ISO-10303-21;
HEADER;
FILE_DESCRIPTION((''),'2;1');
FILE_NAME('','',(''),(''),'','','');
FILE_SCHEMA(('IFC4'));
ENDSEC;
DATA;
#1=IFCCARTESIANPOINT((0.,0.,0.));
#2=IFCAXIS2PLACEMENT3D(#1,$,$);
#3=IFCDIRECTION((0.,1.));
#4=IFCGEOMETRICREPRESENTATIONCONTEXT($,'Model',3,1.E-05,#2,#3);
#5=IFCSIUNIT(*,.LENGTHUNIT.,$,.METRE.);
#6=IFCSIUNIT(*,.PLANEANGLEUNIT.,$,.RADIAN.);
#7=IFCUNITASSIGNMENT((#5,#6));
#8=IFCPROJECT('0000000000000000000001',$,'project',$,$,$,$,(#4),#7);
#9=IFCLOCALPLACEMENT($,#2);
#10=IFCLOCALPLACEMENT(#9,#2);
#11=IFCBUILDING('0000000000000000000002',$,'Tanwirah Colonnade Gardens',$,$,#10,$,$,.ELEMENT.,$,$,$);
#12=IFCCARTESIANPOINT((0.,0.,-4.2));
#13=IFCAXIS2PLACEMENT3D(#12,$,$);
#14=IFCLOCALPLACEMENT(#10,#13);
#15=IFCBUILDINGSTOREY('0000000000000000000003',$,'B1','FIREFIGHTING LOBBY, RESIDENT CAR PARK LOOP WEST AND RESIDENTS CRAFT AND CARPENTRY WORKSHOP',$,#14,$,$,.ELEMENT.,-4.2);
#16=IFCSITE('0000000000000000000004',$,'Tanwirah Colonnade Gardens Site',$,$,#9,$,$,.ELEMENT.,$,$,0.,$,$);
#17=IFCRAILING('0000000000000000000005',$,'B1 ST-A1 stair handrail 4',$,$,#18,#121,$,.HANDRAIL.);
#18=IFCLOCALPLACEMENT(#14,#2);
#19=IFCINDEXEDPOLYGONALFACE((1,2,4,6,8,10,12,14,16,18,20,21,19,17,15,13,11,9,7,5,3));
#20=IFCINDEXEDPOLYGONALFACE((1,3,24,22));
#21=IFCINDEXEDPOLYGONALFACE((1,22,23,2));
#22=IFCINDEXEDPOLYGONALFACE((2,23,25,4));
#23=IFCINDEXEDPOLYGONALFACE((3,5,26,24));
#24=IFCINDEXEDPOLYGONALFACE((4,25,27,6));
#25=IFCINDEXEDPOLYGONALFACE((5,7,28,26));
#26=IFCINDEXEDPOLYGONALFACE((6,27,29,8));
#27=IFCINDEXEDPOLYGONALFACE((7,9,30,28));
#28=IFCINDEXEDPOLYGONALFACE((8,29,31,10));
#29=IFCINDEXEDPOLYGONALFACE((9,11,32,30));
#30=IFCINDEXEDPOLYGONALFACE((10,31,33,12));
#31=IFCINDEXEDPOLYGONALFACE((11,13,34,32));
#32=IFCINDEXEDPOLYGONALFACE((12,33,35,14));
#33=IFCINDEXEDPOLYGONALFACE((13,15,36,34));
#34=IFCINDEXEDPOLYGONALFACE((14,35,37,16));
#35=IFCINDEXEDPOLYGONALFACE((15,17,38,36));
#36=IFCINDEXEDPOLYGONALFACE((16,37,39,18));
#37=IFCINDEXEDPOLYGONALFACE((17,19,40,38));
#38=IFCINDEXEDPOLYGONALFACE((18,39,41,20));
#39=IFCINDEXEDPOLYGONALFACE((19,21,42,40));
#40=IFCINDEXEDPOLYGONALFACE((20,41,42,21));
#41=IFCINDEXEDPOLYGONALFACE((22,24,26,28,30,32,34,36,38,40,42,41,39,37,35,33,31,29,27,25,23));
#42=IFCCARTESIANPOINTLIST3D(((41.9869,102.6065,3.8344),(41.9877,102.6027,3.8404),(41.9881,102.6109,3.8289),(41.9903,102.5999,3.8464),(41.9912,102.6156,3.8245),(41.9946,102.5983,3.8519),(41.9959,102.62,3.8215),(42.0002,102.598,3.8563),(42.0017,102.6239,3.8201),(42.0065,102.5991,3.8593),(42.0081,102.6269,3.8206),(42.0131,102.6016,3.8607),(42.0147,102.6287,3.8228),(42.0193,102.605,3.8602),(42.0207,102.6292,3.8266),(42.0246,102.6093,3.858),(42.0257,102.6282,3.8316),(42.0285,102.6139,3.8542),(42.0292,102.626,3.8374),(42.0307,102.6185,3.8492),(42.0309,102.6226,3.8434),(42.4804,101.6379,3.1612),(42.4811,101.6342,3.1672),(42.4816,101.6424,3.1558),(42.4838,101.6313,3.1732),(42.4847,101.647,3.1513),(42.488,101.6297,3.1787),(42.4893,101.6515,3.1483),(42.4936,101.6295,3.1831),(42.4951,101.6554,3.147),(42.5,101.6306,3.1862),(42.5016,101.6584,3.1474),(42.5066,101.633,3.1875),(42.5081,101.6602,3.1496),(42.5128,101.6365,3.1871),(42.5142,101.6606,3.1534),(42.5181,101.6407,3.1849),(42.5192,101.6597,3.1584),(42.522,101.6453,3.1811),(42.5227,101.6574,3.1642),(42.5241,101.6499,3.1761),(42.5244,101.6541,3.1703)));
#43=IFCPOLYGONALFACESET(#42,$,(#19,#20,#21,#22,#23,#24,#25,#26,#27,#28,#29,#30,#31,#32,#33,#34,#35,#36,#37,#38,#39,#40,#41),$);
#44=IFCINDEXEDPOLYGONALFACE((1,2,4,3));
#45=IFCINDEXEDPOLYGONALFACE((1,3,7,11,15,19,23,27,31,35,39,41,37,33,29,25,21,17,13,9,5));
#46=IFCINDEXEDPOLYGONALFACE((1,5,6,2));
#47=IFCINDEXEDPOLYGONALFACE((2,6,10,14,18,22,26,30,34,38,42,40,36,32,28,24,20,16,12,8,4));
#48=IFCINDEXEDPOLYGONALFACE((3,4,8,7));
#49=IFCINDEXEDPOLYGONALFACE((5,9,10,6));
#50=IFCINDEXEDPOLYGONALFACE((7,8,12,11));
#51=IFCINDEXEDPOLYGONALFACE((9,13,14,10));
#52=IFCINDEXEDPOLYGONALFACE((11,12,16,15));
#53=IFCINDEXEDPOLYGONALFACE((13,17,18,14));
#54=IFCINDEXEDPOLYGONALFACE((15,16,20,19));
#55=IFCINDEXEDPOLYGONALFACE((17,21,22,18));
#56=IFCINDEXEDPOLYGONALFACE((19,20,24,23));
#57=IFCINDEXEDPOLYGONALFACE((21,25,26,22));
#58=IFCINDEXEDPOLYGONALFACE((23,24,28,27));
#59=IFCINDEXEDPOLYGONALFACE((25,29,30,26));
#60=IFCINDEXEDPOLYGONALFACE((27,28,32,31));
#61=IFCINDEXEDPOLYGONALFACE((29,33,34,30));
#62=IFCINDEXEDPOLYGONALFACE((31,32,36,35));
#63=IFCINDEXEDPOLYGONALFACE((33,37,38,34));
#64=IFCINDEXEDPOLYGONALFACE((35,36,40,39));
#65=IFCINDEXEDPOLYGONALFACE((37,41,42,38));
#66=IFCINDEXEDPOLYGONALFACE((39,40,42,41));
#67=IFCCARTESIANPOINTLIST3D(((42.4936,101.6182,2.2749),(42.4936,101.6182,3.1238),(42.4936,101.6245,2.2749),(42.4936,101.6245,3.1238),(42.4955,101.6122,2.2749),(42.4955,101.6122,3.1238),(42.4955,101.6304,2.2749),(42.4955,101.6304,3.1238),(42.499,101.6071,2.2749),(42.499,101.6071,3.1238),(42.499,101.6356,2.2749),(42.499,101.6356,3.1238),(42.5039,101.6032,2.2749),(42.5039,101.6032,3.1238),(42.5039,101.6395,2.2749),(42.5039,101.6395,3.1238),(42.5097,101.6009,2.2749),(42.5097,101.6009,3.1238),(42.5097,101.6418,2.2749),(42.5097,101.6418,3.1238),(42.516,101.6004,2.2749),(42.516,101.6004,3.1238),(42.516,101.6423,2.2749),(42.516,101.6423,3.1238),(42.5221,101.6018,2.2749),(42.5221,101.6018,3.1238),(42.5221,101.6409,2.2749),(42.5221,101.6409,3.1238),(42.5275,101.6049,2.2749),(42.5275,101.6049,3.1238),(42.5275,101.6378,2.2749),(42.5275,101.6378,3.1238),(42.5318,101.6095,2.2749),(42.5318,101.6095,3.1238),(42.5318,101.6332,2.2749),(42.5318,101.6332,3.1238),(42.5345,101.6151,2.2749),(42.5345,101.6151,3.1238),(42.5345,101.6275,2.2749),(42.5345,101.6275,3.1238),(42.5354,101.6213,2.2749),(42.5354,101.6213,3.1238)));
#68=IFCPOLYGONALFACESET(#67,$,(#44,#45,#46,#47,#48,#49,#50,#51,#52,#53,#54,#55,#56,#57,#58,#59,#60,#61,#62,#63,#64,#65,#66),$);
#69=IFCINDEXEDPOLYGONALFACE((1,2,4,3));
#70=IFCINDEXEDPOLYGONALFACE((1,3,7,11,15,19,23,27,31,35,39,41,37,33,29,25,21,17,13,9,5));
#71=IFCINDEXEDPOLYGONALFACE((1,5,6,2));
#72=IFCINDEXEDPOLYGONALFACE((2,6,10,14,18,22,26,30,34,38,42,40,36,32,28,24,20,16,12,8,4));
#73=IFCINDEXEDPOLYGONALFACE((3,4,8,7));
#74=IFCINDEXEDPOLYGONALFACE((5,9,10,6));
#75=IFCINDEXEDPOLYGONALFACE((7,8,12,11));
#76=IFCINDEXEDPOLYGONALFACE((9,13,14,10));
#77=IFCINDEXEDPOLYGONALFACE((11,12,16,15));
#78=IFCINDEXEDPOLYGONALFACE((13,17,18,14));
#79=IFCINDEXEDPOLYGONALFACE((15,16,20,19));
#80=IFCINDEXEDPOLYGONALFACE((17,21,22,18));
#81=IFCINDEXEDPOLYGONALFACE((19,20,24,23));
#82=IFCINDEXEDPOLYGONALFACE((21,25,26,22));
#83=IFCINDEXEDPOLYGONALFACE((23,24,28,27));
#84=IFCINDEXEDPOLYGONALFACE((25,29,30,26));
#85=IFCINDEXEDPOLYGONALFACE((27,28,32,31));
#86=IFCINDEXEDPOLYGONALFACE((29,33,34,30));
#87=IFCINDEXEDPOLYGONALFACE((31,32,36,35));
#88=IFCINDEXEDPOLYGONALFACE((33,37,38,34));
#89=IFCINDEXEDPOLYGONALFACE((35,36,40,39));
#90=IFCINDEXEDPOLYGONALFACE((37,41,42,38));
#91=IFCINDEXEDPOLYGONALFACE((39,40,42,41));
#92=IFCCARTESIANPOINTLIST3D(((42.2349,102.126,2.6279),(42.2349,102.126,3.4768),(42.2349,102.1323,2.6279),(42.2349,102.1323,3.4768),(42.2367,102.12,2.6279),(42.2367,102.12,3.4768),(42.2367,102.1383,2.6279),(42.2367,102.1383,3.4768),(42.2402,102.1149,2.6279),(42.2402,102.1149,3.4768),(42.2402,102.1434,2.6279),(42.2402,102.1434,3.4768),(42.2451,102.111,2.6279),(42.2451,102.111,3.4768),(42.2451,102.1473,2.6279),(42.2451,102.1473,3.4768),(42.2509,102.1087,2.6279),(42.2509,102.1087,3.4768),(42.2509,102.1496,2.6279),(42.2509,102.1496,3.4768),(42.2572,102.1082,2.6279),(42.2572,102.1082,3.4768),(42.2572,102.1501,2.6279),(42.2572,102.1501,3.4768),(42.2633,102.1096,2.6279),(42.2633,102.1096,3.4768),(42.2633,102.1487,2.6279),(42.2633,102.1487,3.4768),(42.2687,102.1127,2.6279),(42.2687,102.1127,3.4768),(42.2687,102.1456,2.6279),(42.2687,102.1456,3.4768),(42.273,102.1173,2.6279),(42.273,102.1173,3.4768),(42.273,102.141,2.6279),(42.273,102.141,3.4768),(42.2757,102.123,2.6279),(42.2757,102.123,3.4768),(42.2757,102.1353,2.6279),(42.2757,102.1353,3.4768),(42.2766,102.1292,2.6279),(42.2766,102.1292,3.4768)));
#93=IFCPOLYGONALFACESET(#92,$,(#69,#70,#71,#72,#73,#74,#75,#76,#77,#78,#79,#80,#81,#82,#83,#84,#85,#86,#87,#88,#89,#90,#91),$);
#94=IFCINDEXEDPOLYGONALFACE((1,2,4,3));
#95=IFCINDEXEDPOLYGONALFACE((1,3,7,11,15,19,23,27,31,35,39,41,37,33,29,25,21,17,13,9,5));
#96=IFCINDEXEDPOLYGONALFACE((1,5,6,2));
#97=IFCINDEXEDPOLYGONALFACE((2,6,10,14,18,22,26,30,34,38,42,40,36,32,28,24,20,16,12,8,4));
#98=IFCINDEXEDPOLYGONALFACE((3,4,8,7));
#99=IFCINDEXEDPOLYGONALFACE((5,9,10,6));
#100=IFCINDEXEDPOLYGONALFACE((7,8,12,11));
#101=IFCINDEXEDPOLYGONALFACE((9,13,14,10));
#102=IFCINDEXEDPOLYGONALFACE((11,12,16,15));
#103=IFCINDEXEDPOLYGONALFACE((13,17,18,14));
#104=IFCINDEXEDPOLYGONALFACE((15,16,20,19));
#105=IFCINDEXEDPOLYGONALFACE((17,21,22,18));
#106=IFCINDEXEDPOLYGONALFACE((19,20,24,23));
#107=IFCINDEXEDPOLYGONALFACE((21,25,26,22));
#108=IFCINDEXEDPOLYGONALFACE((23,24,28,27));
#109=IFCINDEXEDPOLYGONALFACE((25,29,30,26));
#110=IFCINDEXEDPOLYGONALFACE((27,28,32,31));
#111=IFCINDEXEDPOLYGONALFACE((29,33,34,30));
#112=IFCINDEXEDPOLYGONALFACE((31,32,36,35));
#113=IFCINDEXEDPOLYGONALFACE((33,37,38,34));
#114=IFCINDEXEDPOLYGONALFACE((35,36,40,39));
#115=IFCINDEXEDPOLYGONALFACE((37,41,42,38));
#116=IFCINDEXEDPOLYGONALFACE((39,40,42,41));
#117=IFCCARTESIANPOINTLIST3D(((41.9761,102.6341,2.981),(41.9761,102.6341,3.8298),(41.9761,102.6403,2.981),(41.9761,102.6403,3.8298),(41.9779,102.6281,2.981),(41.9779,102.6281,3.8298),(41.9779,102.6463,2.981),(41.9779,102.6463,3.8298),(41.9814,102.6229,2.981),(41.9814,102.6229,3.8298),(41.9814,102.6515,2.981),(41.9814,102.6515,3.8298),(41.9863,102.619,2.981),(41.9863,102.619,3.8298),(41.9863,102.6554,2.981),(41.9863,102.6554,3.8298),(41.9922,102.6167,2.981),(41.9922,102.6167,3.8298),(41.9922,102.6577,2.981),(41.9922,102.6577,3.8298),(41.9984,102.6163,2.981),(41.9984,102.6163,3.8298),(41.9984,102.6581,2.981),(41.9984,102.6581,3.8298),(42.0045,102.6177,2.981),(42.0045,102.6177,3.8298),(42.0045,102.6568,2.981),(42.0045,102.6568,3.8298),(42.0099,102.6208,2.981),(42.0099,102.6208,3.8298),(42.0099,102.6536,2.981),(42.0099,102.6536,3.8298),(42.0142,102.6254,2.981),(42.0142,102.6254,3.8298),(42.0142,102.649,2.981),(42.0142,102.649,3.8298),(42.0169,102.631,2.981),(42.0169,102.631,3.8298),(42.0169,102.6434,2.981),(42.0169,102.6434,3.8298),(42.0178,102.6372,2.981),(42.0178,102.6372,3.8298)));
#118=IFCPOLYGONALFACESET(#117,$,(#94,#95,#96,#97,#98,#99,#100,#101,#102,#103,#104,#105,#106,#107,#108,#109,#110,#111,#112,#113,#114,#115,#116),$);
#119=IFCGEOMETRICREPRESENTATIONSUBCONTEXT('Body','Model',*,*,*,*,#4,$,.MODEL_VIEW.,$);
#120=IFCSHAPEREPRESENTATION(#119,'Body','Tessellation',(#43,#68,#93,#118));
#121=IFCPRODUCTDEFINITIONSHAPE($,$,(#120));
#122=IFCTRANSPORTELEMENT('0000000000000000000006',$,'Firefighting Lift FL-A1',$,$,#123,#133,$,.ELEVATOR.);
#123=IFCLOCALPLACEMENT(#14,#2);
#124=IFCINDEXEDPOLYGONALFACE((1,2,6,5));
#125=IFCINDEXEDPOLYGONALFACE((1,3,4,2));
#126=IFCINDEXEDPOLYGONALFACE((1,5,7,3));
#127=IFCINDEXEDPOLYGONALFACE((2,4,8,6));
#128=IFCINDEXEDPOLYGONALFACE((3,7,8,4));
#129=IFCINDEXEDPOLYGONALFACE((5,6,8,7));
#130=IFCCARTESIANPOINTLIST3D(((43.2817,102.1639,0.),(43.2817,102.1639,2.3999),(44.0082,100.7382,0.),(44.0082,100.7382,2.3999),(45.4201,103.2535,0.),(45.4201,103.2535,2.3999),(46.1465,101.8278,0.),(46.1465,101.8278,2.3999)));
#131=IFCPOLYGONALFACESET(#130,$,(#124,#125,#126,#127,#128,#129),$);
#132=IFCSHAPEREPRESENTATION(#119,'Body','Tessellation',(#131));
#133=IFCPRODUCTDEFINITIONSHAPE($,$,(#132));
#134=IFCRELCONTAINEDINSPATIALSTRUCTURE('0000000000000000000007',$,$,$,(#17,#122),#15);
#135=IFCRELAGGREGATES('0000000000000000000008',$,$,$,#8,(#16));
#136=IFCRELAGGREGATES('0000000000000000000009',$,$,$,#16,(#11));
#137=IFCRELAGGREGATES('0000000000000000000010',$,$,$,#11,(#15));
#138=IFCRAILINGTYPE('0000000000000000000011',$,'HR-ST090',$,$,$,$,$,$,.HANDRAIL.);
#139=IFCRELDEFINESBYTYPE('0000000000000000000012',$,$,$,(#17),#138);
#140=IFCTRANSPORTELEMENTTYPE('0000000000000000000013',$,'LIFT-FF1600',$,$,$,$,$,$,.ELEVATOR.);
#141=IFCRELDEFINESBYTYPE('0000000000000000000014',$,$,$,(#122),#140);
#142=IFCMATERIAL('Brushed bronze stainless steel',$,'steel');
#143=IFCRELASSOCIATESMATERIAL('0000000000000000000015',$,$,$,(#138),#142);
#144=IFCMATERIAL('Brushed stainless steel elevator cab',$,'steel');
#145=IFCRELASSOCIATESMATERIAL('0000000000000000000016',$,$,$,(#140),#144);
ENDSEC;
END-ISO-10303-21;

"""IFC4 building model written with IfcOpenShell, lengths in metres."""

from ifc_helpers import new_model, si_unit, direction, frame, origin, origin_2d, place, context, subcontext, project, spatial, rectangle, circle, extrude, material, type_object, element, save


model = new_model("IFC4")

# Units and contexts
model_context = context("Model", 3, precision=1e-05, world=origin(), true_north=direction((0.0, 1.0)))
body_context = subcontext(model_context, "Body", "Model", "MODEL_VIEW")
ifc_project = project(units=[si_unit("LENGTHUNIT", "METRE"), si_unit("PLANEANGLEUNIT", "RADIAN")], contexts=[model_context])

# Site, building, storey
site_placement = place(None, origin())
site = spatial("IfcSite", under=ifc_project, at=site_placement, Name="Tanwirah Colonnade Gardens Site", CompositionType="ELEMENT", RefElevation=0.0)
building_placement = place(site_placement, origin())
building = spatial("IfcBuilding", under=site, at=building_placement, Name="Tanwirah Colonnade Gardens", CompositionType="ELEMENT")
storey_placement = place(building_placement, frame((0.0, 0.0, -4.2)))
storey = spatial("IfcBuildingStorey", under=building, at=storey_placement, Name="B1", Description="FIREFIGHTING LOBBY, RESIDENT CAR PARK LOOP WEST AND RESIDENTS CRAFT AND CARPENTRY WORKSHOP", CompositionType="ELEMENT", Elevation=-4.2)

# Railing
ifc_material_1 = material(Name="Brushed bronze stainless steel", Category="steel")
railing_type_1 = type_object("IfcRailingType", Name="HR-ST090", PredefinedType="HANDRAIL", material=ifc_material_1)
railing_1_placement = place(storey_placement, frame((42.5144, 101.6213, 2.2749)))
element("IfcRailing", 1, at=railing_1_placement, inside=storey, type_object=railing_type_1, Name="B1 ST-A1 stair handrail 4", PredefinedType="HANDRAIL", context=body_context, shape_type="SweptSolid", body=[
    extrude(circle(Radius=0.0239, at=origin_2d()), frame((-0.012, 0.0237, 0.8923), z_axis=(-0.385953, 0.757523, 0.526498), x_axis=(-0.891018, -0.453967, 0.0)), (0.0, 0.0, 1.0), 1.2786),
    extrude(circle(Radius=0.021, at=origin_2d()), origin(), (0.0, 0.0, 1.0), 0.8489),
    extrude(circle(Radius=0.021, at=origin_2d()), frame((-0.2588, 0.5078, 0.353)), (0.0, 0.0, 1.0), 0.8489),
    extrude(circle(Radius=0.021, at=origin_2d()), frame((-0.5176, 1.0159, 0.7061)), (0.0, 0.0, 1.0), 0.8489),
])

# Transport element
ifc_material_2 = material(Name="Brushed stainless steel elevator cab", Category="steel")
transport_element_type = type_object("IfcTransportElementType", Name="LIFT-FF1600", PredefinedType="ELEVATOR", material=ifc_material_2)
transport_element_placement = place(storey_placement, frame((44.7141, 101.9958, 0.0), z_axis=(0.0, 0.0, 1.0), x_axis=(0.45399, -0.891007, 0.0)))
element("IfcTransportElement", 2, at=transport_element_placement, inside=storey, type_object=transport_element_type, Name="Firefighting Lift FL-A1", PredefinedType="ELEVATOR", context=body_context, shape_type="SweptSolid", body=[
    extrude(rectangle(XDim=1.6001, YDim=2.3999, at=origin_2d()), origin(), (0.0, 0.0, 1.0), 2.3999),
])

save(model, "model.ifc")
